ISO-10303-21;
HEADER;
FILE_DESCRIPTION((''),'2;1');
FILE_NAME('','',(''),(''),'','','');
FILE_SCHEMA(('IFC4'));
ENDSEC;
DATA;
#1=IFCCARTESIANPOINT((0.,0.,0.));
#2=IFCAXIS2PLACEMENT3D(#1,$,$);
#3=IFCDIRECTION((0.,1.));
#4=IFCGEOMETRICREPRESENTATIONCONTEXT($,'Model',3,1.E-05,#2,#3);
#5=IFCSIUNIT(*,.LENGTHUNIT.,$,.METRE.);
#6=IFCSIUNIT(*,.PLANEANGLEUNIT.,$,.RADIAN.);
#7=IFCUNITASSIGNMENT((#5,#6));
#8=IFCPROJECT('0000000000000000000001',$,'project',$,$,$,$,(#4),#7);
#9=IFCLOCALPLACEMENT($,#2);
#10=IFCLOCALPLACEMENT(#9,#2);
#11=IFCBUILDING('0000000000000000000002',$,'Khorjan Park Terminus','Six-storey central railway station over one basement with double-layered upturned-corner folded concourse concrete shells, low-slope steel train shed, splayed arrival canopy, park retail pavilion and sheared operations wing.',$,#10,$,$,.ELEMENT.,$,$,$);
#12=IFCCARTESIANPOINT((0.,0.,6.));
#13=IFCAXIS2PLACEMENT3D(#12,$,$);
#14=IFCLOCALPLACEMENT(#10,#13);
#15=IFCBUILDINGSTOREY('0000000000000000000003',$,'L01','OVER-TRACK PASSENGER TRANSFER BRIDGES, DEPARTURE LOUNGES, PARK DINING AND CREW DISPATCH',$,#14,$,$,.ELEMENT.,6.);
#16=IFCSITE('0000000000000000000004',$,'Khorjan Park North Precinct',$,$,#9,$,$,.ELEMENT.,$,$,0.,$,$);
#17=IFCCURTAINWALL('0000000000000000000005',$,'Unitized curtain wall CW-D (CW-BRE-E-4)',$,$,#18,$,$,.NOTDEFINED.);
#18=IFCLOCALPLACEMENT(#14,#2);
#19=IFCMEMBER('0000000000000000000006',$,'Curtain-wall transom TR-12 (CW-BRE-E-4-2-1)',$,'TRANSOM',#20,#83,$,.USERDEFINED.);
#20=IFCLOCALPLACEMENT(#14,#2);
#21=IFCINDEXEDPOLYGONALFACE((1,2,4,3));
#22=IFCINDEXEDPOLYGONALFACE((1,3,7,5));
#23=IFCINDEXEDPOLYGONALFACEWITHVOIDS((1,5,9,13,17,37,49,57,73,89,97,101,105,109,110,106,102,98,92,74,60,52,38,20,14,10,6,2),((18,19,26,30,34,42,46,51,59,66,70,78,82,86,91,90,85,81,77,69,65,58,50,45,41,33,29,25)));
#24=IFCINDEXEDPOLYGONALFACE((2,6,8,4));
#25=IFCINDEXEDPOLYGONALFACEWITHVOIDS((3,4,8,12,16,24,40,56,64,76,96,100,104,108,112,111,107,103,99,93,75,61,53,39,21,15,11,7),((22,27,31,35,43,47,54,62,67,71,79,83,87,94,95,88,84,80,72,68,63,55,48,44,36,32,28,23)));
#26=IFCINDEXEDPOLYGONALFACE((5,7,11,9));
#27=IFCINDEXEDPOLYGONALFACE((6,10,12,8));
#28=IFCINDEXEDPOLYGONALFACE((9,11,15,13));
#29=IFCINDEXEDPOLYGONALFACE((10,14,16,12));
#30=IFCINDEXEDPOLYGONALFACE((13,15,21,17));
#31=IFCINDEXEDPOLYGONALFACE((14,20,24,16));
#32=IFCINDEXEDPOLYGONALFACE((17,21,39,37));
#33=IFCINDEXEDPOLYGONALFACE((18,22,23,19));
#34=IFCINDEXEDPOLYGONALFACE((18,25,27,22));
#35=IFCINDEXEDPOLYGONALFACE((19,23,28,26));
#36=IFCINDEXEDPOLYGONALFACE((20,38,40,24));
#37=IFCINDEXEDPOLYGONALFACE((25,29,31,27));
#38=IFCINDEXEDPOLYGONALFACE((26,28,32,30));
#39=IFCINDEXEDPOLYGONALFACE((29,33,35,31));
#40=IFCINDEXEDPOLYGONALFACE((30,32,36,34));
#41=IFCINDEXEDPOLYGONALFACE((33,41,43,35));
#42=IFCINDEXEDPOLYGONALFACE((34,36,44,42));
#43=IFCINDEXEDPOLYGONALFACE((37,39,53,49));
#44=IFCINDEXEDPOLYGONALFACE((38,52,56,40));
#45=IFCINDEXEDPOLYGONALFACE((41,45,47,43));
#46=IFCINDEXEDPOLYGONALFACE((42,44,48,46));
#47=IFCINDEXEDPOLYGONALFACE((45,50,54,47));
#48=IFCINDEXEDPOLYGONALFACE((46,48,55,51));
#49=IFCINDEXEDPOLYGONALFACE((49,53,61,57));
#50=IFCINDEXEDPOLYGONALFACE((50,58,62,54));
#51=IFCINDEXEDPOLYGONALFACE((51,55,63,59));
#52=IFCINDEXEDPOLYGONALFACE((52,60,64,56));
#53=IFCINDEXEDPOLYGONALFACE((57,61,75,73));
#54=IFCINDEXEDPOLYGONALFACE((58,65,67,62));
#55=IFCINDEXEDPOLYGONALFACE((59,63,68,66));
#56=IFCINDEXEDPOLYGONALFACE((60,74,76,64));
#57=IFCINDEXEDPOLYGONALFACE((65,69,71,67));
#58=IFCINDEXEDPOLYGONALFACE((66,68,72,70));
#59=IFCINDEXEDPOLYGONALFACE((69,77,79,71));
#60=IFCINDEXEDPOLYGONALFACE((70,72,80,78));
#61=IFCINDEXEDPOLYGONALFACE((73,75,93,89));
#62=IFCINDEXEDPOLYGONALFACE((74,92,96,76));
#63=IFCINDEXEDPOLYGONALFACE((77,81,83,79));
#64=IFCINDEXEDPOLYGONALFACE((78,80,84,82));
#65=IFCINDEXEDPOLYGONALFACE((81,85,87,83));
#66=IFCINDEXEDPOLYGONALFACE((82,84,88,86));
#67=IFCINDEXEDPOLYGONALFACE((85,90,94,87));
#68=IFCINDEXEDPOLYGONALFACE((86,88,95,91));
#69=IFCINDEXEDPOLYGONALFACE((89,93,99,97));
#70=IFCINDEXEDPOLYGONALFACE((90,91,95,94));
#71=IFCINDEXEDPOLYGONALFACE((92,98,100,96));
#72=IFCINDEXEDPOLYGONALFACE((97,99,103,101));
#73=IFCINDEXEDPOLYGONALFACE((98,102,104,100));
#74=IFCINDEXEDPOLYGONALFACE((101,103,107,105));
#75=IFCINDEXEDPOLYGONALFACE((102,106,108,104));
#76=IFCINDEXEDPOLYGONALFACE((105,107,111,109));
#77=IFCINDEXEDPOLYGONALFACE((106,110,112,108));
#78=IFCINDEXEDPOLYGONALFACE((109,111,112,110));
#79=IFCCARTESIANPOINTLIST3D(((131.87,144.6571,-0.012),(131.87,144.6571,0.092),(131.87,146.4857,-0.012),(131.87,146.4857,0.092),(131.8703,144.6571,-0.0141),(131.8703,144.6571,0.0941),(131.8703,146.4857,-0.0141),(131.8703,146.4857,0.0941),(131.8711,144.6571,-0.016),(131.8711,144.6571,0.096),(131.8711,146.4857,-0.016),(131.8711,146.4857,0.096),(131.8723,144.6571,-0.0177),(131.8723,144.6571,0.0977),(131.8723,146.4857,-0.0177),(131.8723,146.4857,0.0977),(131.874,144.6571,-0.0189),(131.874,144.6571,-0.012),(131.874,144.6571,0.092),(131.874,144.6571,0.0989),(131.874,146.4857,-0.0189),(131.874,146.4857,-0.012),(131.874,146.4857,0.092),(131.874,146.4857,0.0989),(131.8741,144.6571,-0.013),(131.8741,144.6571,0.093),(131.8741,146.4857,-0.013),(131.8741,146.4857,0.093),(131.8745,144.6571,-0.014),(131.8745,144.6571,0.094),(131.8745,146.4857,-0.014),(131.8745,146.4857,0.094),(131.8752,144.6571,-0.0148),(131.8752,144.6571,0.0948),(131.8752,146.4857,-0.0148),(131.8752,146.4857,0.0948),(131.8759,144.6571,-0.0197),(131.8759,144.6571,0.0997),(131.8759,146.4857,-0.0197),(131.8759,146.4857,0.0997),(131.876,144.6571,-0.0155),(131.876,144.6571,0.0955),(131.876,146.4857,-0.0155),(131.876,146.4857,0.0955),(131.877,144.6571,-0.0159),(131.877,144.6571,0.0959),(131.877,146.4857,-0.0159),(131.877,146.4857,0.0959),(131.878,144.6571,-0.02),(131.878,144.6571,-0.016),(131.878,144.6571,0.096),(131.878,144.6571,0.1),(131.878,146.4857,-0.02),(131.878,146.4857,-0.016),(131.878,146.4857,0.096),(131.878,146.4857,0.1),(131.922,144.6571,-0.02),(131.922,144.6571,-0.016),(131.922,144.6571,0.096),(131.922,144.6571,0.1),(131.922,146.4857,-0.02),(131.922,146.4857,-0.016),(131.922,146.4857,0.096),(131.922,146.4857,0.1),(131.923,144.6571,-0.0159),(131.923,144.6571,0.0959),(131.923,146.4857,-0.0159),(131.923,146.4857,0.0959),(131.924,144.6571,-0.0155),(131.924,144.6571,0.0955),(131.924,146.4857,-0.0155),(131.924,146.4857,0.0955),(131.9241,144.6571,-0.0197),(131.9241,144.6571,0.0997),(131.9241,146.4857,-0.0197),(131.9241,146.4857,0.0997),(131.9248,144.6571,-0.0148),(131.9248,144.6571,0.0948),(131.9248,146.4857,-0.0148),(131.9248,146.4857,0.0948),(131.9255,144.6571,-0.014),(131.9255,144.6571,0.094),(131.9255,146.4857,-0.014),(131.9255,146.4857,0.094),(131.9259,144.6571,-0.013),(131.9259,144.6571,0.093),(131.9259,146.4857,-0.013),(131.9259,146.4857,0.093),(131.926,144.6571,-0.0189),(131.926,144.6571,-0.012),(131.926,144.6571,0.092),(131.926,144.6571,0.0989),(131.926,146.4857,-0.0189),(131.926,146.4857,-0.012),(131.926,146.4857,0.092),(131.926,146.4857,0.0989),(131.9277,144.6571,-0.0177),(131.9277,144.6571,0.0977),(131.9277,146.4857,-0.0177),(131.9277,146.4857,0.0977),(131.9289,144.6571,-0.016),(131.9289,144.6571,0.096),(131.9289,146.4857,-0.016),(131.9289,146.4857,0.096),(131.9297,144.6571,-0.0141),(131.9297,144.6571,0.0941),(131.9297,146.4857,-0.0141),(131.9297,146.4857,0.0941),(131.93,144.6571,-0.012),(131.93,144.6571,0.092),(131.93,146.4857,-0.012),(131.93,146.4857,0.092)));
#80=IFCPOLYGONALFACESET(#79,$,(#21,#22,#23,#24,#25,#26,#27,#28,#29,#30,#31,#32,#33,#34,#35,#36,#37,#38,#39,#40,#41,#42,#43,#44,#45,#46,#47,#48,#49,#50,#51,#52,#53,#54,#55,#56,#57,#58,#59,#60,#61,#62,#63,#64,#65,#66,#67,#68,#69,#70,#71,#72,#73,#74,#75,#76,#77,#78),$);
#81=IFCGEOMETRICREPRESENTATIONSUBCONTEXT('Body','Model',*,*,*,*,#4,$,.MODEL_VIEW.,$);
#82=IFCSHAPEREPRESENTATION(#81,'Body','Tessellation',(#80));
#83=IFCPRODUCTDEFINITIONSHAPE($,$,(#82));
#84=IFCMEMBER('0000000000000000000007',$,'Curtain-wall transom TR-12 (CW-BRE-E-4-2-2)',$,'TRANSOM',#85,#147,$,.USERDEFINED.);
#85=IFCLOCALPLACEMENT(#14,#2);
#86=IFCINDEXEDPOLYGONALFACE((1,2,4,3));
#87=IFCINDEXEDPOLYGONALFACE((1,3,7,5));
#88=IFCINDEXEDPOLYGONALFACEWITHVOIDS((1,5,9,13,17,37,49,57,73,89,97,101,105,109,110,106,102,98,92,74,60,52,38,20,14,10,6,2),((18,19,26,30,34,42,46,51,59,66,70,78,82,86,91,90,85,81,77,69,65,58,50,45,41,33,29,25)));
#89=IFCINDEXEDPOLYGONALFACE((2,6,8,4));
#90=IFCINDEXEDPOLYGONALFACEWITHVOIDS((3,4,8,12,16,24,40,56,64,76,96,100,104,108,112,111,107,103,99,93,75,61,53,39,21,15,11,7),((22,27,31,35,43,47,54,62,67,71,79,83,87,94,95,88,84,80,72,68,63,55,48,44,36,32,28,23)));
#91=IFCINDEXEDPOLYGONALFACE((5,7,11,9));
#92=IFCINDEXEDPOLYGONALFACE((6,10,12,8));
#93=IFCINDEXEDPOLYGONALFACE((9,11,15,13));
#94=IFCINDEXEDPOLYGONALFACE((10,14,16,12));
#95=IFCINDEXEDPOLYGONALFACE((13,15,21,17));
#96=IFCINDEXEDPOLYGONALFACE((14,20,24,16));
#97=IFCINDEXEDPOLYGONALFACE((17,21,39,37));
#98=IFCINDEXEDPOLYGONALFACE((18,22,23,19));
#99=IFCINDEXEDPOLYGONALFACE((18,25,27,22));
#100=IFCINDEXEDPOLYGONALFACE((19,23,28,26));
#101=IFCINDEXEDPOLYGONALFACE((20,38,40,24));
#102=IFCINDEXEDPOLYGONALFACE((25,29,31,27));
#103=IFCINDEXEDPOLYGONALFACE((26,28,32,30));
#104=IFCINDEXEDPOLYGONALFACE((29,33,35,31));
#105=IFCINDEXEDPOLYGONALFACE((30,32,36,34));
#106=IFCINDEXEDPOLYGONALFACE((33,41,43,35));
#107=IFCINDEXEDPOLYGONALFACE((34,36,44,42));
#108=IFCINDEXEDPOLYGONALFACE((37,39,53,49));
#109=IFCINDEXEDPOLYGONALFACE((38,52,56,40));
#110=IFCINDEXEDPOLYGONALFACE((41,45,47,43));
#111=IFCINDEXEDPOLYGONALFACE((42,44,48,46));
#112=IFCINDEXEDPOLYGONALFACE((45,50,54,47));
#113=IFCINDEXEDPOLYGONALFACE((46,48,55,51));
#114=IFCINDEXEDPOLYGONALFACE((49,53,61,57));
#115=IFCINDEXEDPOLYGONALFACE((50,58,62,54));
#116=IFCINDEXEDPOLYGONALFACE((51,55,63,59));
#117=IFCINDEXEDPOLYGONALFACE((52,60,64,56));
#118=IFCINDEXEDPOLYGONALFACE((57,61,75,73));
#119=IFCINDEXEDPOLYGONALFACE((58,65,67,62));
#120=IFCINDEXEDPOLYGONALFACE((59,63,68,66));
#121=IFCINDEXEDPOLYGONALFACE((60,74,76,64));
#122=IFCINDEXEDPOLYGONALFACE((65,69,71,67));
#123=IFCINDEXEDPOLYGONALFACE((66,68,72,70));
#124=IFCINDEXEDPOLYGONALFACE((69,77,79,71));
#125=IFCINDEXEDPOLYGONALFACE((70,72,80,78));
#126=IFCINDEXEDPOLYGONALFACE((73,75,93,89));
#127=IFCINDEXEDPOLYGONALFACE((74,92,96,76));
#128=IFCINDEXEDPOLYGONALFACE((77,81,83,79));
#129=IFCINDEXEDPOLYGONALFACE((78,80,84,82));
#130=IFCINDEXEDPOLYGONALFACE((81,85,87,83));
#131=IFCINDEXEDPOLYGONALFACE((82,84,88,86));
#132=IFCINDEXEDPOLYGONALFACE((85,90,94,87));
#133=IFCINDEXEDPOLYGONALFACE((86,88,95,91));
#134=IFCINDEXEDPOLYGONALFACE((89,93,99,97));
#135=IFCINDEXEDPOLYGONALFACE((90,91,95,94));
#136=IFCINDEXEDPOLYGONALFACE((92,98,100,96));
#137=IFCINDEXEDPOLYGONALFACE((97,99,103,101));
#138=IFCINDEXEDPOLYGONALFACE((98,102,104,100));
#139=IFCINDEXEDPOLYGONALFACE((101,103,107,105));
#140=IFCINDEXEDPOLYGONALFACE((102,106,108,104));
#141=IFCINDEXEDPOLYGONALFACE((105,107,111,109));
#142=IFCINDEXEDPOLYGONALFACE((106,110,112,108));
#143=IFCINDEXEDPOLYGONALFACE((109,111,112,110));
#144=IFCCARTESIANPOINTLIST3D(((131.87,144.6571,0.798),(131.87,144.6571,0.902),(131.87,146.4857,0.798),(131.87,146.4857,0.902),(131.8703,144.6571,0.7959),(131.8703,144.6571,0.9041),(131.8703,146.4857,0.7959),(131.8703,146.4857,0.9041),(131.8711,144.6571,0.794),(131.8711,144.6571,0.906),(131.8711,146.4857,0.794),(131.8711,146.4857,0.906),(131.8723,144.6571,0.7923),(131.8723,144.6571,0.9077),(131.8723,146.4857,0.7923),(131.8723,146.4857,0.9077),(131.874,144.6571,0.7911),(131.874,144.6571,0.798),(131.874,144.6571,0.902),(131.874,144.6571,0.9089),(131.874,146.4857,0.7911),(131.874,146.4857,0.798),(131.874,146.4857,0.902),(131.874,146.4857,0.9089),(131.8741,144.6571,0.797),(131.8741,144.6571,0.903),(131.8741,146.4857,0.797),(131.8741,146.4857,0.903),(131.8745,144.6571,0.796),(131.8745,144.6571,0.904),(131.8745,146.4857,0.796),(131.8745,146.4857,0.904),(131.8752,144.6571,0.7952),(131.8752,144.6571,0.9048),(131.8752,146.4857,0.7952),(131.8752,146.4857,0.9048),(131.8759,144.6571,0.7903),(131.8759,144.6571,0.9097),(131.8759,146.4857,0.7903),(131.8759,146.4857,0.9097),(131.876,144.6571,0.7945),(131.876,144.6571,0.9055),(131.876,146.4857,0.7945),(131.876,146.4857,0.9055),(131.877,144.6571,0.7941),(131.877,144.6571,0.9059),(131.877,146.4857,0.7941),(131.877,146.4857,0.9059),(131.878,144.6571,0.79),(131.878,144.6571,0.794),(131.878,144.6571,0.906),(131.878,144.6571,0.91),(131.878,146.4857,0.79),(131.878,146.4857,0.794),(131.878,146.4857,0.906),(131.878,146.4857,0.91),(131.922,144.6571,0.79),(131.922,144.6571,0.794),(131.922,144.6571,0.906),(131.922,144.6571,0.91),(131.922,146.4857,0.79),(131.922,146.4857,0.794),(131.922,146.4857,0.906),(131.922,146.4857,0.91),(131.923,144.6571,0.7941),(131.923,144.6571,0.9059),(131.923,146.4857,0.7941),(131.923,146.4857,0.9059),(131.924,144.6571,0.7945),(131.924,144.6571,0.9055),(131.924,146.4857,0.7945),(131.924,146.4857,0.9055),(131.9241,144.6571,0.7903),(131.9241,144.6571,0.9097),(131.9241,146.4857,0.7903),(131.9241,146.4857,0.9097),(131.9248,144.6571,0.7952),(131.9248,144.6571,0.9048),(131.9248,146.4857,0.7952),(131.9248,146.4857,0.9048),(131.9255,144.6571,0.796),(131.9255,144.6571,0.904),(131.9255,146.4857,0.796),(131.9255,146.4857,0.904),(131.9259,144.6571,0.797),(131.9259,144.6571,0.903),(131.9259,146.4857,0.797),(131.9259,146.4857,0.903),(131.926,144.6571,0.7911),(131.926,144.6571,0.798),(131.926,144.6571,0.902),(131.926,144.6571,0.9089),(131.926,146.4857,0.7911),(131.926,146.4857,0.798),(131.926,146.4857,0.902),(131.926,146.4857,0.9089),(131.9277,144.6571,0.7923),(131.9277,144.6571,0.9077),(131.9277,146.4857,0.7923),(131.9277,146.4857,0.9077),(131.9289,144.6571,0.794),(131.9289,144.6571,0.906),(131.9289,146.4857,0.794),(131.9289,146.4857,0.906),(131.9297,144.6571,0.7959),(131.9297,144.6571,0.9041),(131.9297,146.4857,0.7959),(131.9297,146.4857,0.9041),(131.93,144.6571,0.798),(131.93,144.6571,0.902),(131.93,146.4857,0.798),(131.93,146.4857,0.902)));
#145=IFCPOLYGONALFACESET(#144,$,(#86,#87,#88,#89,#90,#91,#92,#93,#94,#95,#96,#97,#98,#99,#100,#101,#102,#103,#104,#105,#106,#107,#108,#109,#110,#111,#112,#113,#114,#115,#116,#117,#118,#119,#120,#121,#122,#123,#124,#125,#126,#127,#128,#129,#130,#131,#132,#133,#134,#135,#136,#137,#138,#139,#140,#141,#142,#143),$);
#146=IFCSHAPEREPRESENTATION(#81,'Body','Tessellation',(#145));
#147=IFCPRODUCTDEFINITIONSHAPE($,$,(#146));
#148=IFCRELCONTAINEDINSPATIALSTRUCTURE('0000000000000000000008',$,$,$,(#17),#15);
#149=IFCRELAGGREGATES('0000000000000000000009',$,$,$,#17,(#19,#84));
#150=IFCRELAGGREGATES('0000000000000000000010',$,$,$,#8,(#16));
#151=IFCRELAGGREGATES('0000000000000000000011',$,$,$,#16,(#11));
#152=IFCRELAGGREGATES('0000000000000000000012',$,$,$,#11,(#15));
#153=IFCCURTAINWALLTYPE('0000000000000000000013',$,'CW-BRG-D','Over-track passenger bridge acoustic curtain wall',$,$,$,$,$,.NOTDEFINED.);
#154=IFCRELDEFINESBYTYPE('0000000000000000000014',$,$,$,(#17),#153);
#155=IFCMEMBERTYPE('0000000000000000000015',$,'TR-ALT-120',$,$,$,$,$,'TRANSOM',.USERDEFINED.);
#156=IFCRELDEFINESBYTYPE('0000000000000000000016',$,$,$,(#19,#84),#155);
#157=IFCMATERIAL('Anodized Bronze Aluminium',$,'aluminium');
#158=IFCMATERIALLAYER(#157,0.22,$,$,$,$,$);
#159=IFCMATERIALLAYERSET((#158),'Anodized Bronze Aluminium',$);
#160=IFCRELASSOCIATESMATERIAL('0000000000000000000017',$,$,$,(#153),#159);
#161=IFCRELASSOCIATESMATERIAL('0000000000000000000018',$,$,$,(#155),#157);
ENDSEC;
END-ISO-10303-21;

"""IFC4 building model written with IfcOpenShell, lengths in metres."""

from ifc_helpers import new_model, si_unit, direction, frame, origin, origin_2d, place, context, subcontext, project, spatial, hollow_rectangle, extrude, material, layer, layer_set, material_profile, profile_set, type_object, element, aggregate, save


model = new_model("IFC4")

# Units and contexts
model_context = context("Model", 3, precision=1e-05, world=origin(), true_north=direction((0.0, 1.0)))
body_context = subcontext(model_context, "Body", "Model", "MODEL_VIEW")
ifc_project = project(units=[si_unit("LENGTHUNIT", "METRE"), si_unit("PLANEANGLEUNIT", "RADIAN")], contexts=[model_context])

# Site, building, storey
site_placement = place(None, origin())
site = spatial("IfcSite", under=ifc_project, at=site_placement, Name="Khorjan Park North Precinct", CompositionType="ELEMENT", RefElevation=0.0)
building_placement = place(site_placement, origin())
building = spatial("IfcBuilding", under=site, at=building_placement, Name="Khorjan Park Terminus", Description="Six-storey central railway station over one basement with double-layered upturned-corner folded concourse concrete shells, low-slope steel train shed, splayed arrival canopy, park retail pavilion and sheared operations wing.", CompositionType="ELEMENT")
storey_placement = place(building_placement, frame((0.0, 0.0, 6.0)))
storey = spatial("IfcBuildingStorey", under=building, at=storey_placement, Name="L01", Description="OVER-TRACK PASSENGER TRANSFER BRIDGES, DEPARTURE LOUNGES, PARK DINING AND CREW DISPATCH", CompositionType="ELEMENT", Elevation=6.0)

# Shared definitions
ifc_material_1 = material(Name="Anodized Bronze Aluminium", Category="aluminium")
ifc_layer_1 = layer(ifc_material_1, 0.22)
ifc_layer_set_1 = layer_set([ifc_layer_1], Name="Anodized Bronze Aluminium")
curtain_wall_type = type_object("IfcCurtainWallType", Name="CW-BRG-D", Description="Over-track passenger bridge acoustic curtain wall", PredefinedType="NOTDEFINED", material=ifc_layer_set_1)

# Curtain wall
curtain_wall_1_placement = place(storey_placement, origin())
curtain_wall_1 = element("IfcCurtainWall", 1, at=curtain_wall_1_placement, inside=storey, type_object=curtain_wall_type, Name="Unitized curtain wall CW-D (CW-BRE-E-4)", PredefinedType="NOTDEFINED")

# Members
ifc_material_profile_1 = material_profile(ifc_material_1, hollow_rectangle(XDim=0.06, YDim=0.12, WallThickness=0.004, InnerFilletRadius=0.004, OuterFilletRadius=0.008, at=origin_2d()), Name="ALT 60x120x4")
ifc_profile_set_1 = profile_set([ifc_material_profile_1], Name="Anodized Bronze Aluminium")
member_type_1 = type_object("IfcMemberType", Name="TR-ALT-120", ElementType="TRANSOM", PredefinedType="USERDEFINED", material=ifc_profile_set_1)
member_1_placement = place(storey_placement, frame((131.9, 144.6571, 0.04), z_axis=(0.0, 1.0, 0.0), x_axis=(-1.0, 0.0, 0.0)))
member_1 = element("IfcMember", 2, at=member_1_placement, type_object=member_type_1, Name="Curtain-wall transom TR-12 (CW-BRE-E-4-2-1)", ObjectType="TRANSOM", PredefinedType="USERDEFINED", context=body_context, shape_type="SweptSolid", body=[
    extrude(hollow_rectangle(XDim=0.06, YDim=0.12, WallThickness=0.004, InnerFilletRadius=0.004, OuterFilletRadius=0.008, at=origin_2d()), origin(), (0.0, 0.0, 1.0), 1.8286),
])
member_2_placement = place(storey_placement, frame((131.9, 144.6571, 0.85), z_axis=(0.0, 1.0, 0.0), x_axis=(-1.0, 0.0, 0.0)))
member_2 = element("IfcMember", 3, at=member_2_placement, type_object=member_type_1, Name="Curtain-wall transom TR-12 (CW-BRE-E-4-2-2)", ObjectType="TRANSOM", PredefinedType="USERDEFINED", context=body_context, shape_type="SweptSolid", body=[
    extrude(hollow_rectangle(XDim=0.06, YDim=0.12, WallThickness=0.004, InnerFilletRadius=0.004, OuterFilletRadius=0.008, at=origin_2d()), origin(), (0.0, 0.0, 1.0), 1.8286),
])

aggregate(curtain_wall_1, [member_1, member_2])

save(model, "model.ifc")
